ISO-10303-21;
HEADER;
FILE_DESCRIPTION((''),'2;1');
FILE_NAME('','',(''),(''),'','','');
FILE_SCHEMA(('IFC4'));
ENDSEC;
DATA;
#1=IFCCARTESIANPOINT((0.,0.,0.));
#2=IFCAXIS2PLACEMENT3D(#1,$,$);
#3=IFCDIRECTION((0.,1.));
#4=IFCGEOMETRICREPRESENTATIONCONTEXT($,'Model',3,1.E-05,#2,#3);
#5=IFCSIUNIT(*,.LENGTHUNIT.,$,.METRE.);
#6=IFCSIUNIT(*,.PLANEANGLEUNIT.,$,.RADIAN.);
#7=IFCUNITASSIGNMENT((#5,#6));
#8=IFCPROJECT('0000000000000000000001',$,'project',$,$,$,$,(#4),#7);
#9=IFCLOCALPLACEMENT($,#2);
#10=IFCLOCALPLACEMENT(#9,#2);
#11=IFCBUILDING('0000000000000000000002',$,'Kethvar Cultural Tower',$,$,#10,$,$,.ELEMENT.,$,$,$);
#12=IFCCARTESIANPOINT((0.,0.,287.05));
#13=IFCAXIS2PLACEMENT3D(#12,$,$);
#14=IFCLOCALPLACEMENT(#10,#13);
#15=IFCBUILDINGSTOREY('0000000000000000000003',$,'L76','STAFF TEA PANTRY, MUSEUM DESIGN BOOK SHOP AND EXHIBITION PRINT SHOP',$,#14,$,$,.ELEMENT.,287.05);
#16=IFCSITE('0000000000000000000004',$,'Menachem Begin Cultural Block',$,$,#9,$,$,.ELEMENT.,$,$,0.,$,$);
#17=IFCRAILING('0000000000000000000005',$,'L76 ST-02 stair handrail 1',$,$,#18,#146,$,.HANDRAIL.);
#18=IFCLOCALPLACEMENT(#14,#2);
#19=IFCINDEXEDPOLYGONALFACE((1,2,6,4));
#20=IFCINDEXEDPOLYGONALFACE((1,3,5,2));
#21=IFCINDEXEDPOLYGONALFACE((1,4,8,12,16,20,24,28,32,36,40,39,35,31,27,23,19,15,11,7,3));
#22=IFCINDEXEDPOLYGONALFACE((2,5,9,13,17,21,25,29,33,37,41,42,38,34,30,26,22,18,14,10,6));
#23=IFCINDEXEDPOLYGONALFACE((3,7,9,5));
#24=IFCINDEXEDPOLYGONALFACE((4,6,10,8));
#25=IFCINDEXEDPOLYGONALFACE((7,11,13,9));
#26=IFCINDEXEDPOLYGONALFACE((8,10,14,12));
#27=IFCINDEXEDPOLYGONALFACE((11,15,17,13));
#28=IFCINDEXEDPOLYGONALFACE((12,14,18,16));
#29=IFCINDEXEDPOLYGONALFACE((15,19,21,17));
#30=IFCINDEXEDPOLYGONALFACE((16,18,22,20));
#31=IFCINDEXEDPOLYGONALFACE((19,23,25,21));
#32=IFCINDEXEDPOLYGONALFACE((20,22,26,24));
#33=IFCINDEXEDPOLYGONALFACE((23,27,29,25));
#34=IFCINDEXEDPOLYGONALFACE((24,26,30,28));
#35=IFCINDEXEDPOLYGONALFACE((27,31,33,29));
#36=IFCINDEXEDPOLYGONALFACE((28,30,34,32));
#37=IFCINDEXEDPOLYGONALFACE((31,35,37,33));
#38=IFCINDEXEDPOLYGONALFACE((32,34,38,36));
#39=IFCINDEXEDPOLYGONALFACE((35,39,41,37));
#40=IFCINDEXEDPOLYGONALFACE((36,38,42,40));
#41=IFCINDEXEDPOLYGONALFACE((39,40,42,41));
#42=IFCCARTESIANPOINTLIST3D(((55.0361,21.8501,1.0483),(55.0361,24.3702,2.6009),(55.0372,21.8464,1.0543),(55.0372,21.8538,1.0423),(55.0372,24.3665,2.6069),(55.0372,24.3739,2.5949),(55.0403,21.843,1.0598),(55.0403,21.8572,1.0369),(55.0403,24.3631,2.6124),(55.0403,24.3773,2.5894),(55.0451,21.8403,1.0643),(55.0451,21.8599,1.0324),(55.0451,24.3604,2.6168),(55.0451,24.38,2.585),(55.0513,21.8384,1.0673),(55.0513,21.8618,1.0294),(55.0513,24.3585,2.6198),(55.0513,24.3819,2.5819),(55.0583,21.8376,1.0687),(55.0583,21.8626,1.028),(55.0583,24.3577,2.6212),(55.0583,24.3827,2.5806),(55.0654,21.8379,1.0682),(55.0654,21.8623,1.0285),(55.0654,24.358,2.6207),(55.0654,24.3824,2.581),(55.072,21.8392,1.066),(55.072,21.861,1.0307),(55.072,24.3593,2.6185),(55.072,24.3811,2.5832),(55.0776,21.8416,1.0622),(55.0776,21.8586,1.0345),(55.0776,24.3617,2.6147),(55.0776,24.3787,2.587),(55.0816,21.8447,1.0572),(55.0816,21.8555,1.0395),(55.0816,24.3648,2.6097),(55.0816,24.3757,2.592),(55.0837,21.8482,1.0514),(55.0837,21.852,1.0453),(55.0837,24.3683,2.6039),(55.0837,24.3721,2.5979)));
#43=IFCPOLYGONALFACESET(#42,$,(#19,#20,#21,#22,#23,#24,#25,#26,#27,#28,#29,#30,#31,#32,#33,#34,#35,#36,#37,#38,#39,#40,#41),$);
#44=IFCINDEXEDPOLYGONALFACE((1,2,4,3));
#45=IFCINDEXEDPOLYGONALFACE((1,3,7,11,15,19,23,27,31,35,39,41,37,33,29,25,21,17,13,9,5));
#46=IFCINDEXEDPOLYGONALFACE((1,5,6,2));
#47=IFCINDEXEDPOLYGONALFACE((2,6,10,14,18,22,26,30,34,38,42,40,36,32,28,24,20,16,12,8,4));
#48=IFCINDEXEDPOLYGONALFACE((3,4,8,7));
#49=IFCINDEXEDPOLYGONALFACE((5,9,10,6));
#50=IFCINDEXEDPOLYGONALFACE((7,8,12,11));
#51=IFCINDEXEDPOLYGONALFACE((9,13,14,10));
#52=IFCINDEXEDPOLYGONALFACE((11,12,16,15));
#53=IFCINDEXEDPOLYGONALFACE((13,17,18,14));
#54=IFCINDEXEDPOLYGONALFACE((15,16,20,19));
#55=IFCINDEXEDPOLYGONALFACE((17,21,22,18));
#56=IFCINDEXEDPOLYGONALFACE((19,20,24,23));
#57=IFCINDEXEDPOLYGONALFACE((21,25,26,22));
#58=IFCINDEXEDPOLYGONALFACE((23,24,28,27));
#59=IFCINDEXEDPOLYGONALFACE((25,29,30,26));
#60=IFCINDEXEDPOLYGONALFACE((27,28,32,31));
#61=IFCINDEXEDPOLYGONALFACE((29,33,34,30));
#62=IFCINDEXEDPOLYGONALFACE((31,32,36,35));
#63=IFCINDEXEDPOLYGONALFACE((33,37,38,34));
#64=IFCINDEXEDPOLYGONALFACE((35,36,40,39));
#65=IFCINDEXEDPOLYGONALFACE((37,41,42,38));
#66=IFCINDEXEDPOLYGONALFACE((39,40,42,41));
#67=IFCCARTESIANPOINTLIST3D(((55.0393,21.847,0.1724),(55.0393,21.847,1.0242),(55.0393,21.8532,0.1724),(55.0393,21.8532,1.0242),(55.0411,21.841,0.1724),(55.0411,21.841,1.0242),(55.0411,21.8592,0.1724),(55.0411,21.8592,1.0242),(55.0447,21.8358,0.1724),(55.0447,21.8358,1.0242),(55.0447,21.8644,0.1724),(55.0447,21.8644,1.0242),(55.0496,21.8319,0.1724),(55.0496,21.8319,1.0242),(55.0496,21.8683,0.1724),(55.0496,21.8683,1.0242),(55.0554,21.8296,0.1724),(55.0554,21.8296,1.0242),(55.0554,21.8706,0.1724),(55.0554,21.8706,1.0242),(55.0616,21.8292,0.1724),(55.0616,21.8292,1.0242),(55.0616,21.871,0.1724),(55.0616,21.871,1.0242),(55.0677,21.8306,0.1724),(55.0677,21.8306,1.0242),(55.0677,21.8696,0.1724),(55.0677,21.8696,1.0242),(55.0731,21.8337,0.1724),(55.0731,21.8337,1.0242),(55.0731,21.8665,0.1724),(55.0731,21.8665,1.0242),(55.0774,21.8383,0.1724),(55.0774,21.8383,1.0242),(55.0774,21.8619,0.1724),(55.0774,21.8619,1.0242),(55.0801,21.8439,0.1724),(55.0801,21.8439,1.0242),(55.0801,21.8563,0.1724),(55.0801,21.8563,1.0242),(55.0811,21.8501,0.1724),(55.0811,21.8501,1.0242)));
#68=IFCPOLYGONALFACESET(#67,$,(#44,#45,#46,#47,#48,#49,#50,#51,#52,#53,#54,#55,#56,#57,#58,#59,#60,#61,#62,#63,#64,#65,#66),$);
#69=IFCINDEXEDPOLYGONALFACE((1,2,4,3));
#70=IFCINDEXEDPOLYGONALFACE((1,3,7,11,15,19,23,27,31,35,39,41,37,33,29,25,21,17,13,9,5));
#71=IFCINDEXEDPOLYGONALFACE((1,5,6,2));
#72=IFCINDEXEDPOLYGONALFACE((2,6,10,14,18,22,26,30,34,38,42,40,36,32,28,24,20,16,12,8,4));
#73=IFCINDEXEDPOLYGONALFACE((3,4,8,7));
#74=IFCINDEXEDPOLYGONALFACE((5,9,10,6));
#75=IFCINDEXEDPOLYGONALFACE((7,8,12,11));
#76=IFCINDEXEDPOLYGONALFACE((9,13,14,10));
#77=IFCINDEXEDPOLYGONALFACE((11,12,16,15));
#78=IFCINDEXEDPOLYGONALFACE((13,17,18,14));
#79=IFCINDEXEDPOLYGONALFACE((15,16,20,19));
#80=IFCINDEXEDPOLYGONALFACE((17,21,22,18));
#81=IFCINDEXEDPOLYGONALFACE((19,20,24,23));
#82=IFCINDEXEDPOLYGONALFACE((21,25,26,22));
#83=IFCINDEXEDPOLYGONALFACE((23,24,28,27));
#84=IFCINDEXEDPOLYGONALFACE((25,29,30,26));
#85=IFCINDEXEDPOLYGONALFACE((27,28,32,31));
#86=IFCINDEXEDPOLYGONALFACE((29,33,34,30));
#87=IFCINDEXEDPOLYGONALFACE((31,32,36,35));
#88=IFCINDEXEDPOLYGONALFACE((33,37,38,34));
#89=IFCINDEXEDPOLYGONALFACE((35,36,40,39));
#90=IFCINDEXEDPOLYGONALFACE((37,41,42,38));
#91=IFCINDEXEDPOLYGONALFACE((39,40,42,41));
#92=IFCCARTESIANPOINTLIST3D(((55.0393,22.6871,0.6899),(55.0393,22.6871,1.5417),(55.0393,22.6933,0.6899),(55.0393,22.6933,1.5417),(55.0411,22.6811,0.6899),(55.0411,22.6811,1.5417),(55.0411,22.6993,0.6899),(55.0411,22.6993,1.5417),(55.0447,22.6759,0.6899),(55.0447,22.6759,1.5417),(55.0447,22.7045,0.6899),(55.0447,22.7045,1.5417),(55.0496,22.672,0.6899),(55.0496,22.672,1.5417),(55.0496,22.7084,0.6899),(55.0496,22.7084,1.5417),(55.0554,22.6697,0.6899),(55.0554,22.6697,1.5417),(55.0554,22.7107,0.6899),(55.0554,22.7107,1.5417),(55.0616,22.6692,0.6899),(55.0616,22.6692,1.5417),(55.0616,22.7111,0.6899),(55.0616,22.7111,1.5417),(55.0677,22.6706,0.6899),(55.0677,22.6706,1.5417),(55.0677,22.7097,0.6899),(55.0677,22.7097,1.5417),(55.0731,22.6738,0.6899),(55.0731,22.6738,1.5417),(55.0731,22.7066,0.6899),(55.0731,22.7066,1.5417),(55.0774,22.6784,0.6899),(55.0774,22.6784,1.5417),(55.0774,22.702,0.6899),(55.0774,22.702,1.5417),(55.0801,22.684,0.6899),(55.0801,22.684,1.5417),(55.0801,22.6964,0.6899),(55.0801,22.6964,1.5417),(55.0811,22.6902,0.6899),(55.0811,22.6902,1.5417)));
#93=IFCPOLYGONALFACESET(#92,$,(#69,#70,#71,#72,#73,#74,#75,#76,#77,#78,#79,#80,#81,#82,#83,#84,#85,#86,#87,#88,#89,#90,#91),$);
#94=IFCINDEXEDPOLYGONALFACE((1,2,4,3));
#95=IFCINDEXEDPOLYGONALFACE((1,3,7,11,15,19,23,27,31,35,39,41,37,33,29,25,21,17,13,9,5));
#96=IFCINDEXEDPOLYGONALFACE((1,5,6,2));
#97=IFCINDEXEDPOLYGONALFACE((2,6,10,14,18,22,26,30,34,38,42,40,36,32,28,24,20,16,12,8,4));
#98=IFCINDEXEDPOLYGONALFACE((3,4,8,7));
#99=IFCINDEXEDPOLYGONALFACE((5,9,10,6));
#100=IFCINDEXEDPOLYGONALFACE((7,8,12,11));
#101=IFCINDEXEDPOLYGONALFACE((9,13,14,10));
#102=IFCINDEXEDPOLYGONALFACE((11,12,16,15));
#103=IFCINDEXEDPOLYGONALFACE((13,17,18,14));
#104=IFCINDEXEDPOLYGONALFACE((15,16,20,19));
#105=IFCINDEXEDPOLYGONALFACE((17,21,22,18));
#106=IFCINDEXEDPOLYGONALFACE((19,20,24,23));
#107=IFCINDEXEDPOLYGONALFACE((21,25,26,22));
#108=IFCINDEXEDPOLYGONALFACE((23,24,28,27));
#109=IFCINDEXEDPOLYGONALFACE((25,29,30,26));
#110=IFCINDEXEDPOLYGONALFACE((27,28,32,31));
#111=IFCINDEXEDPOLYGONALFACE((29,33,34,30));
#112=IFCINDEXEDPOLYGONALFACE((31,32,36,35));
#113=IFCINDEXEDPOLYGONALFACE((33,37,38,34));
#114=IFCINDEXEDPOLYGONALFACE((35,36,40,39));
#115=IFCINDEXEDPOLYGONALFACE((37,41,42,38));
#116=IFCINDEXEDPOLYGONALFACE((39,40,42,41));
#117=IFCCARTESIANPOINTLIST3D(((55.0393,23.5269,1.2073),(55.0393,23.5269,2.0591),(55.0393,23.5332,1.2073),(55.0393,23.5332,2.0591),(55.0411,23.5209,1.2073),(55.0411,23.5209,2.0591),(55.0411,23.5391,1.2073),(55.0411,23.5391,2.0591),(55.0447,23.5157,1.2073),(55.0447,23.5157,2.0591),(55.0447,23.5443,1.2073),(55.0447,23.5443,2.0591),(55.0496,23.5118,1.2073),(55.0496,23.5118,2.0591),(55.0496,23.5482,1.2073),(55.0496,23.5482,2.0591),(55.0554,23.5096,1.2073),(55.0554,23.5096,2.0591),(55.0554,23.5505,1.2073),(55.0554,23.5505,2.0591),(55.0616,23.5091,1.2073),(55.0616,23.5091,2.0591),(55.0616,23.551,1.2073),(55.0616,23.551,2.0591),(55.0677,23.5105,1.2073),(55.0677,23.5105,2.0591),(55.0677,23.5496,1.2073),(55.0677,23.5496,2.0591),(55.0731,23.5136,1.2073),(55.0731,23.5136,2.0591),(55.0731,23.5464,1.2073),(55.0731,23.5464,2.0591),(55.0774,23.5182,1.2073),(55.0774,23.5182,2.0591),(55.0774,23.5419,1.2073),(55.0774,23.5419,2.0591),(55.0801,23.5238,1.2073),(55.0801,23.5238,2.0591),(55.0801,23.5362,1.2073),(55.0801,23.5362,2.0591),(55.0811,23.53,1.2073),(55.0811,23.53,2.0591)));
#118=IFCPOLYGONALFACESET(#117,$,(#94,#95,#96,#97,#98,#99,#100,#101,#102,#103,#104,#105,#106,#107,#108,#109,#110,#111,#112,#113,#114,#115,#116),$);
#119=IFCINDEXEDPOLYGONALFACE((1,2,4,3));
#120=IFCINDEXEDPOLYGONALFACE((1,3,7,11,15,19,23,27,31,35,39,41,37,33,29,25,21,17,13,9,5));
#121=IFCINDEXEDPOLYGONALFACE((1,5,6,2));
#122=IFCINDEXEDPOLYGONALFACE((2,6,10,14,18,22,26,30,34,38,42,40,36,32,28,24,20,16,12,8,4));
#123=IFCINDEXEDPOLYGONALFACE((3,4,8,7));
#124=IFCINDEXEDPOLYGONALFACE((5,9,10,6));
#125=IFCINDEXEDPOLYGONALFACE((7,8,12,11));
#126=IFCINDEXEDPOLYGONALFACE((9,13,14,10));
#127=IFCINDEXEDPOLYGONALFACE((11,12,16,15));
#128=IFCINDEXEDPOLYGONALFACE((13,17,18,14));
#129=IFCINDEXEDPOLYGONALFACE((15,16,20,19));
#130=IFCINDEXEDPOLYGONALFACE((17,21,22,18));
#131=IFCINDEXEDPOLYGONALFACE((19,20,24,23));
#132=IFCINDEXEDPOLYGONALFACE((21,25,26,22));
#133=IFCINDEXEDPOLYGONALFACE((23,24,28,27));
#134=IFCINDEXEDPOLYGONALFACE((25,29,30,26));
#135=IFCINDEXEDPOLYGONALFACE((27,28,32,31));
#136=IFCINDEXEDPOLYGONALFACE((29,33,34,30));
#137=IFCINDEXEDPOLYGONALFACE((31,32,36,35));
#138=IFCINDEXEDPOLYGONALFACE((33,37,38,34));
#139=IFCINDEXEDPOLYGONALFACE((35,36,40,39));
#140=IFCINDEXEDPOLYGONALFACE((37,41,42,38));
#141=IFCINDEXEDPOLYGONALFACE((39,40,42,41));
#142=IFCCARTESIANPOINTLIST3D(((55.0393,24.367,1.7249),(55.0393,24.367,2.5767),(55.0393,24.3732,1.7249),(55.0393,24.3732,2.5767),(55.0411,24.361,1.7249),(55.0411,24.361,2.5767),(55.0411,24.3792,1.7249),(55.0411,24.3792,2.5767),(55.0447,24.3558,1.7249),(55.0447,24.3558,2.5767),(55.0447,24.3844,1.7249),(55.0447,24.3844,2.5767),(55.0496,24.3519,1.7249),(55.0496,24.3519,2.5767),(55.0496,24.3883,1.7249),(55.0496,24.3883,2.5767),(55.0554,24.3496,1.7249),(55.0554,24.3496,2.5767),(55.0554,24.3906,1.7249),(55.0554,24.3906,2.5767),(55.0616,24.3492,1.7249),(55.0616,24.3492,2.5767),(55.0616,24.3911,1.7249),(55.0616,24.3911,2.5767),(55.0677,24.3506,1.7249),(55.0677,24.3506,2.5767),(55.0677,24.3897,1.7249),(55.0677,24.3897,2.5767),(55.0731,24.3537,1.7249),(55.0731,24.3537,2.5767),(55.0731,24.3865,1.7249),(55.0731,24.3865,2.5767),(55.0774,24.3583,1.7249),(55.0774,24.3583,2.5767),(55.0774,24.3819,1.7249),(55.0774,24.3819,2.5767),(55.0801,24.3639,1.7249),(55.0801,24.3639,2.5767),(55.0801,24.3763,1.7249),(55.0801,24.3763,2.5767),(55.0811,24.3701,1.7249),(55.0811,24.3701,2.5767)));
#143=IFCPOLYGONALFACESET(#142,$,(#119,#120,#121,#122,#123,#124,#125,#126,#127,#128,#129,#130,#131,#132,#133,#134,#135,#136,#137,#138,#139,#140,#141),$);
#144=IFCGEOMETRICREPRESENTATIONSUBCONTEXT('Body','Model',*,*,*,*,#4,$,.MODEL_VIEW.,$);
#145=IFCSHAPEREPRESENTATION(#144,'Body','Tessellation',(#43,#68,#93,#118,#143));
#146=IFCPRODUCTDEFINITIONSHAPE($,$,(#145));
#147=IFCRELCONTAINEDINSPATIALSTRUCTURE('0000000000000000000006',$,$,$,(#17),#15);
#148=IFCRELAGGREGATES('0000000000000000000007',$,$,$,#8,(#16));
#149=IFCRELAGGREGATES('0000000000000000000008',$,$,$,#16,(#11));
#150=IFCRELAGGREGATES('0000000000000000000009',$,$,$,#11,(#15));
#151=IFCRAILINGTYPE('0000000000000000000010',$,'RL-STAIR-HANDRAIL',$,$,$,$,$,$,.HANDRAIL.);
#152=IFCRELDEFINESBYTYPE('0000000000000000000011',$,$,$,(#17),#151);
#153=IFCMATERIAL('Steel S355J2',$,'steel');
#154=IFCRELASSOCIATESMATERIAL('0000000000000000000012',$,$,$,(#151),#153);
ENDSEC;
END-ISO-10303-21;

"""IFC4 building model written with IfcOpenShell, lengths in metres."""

from ifc_helpers import new_model, si_unit, direction, frame, origin, origin_2d, place, context, subcontext, project, spatial, circle, extrude, material, type_object, element, save


model = new_model("IFC4")

# Units and contexts
model_context = context("Model", 3, precision=1e-05, world=origin(), true_north=direction((0.0, 1.0)))
body_context = subcontext(model_context, "Body", "Model", "MODEL_VIEW")
ifc_project = project(units=[si_unit("LENGTHUNIT", "METRE"), si_unit("PLANEANGLEUNIT", "RADIAN")], contexts=[model_context])

# Site, building, storey
site_placement = place(None, origin())
site = spatial("IfcSite", under=ifc_project, at=site_placement, Name="Menachem Begin Cultural Block", CompositionType="ELEMENT", RefElevation=0.0)
building_placement = place(site_placement, origin())
building = spatial("IfcBuilding", under=site, at=building_placement, Name="Kethvar Cultural Tower", CompositionType="ELEMENT")
storey_placement = place(building_placement, frame((0.0, 0.0, 287.05)))
storey = spatial("IfcBuildingStorey", under=building, at=storey_placement, Name="L76", Description="STAFF TEA PANTRY, MUSEUM DESIGN BOOK SHOP AND EXHIBITION PRINT SHOP", CompositionType="ELEMENT", Elevation=287.05)

# Shared definitions
ifc_material_1 = material(Name="Steel S355J2", Category="steel")

# Railing
railing_type_1 = type_object("IfcRailingType", Name="RL-STAIR-HANDRAIL", PredefinedType="HANDRAIL", material=ifc_material_1)
railing_1_placement = place(storey_placement, frame((55.0601, 21.8501, 0.1724)))
element("IfcRailing", 1, at=railing_1_placement, inside=storey, type_object=railing_type_1, Name="L76 ST-02 stair handrail 1", PredefinedType="HANDRAIL", context=body_context, shape_type="SweptSolid", body=[
    extrude(circle(Radius=0.0239, at=origin_2d()), frame((0.0, 0.0, 0.876), z_axis=(0.0, 0.8514, 0.524516), x_axis=(-1.0, 0.0, 0.0)), (0.0, 0.0, 1.0), 2.96),
    extrude(circle(Radius=0.021, at=origin_2d()), origin(), (0.0, 0.0, 1.0), 0.8518),
    extrude(circle(Radius=0.021, at=origin_2d()), frame((0.0, 0.8401, 0.5176)), (0.0, 0.0, 1.0), 0.8518),
    extrude(circle(Radius=0.021, at=origin_2d()), frame((0.0, 1.6799, 1.0349)), (0.0, 0.0, 1.0), 0.8518),
    extrude(circle(Radius=0.021, at=origin_2d()), frame((0.0, 2.52, 1.5525)), (0.0, 0.0, 1.0), 0.8518),
])

save(model, "model.ifc")
